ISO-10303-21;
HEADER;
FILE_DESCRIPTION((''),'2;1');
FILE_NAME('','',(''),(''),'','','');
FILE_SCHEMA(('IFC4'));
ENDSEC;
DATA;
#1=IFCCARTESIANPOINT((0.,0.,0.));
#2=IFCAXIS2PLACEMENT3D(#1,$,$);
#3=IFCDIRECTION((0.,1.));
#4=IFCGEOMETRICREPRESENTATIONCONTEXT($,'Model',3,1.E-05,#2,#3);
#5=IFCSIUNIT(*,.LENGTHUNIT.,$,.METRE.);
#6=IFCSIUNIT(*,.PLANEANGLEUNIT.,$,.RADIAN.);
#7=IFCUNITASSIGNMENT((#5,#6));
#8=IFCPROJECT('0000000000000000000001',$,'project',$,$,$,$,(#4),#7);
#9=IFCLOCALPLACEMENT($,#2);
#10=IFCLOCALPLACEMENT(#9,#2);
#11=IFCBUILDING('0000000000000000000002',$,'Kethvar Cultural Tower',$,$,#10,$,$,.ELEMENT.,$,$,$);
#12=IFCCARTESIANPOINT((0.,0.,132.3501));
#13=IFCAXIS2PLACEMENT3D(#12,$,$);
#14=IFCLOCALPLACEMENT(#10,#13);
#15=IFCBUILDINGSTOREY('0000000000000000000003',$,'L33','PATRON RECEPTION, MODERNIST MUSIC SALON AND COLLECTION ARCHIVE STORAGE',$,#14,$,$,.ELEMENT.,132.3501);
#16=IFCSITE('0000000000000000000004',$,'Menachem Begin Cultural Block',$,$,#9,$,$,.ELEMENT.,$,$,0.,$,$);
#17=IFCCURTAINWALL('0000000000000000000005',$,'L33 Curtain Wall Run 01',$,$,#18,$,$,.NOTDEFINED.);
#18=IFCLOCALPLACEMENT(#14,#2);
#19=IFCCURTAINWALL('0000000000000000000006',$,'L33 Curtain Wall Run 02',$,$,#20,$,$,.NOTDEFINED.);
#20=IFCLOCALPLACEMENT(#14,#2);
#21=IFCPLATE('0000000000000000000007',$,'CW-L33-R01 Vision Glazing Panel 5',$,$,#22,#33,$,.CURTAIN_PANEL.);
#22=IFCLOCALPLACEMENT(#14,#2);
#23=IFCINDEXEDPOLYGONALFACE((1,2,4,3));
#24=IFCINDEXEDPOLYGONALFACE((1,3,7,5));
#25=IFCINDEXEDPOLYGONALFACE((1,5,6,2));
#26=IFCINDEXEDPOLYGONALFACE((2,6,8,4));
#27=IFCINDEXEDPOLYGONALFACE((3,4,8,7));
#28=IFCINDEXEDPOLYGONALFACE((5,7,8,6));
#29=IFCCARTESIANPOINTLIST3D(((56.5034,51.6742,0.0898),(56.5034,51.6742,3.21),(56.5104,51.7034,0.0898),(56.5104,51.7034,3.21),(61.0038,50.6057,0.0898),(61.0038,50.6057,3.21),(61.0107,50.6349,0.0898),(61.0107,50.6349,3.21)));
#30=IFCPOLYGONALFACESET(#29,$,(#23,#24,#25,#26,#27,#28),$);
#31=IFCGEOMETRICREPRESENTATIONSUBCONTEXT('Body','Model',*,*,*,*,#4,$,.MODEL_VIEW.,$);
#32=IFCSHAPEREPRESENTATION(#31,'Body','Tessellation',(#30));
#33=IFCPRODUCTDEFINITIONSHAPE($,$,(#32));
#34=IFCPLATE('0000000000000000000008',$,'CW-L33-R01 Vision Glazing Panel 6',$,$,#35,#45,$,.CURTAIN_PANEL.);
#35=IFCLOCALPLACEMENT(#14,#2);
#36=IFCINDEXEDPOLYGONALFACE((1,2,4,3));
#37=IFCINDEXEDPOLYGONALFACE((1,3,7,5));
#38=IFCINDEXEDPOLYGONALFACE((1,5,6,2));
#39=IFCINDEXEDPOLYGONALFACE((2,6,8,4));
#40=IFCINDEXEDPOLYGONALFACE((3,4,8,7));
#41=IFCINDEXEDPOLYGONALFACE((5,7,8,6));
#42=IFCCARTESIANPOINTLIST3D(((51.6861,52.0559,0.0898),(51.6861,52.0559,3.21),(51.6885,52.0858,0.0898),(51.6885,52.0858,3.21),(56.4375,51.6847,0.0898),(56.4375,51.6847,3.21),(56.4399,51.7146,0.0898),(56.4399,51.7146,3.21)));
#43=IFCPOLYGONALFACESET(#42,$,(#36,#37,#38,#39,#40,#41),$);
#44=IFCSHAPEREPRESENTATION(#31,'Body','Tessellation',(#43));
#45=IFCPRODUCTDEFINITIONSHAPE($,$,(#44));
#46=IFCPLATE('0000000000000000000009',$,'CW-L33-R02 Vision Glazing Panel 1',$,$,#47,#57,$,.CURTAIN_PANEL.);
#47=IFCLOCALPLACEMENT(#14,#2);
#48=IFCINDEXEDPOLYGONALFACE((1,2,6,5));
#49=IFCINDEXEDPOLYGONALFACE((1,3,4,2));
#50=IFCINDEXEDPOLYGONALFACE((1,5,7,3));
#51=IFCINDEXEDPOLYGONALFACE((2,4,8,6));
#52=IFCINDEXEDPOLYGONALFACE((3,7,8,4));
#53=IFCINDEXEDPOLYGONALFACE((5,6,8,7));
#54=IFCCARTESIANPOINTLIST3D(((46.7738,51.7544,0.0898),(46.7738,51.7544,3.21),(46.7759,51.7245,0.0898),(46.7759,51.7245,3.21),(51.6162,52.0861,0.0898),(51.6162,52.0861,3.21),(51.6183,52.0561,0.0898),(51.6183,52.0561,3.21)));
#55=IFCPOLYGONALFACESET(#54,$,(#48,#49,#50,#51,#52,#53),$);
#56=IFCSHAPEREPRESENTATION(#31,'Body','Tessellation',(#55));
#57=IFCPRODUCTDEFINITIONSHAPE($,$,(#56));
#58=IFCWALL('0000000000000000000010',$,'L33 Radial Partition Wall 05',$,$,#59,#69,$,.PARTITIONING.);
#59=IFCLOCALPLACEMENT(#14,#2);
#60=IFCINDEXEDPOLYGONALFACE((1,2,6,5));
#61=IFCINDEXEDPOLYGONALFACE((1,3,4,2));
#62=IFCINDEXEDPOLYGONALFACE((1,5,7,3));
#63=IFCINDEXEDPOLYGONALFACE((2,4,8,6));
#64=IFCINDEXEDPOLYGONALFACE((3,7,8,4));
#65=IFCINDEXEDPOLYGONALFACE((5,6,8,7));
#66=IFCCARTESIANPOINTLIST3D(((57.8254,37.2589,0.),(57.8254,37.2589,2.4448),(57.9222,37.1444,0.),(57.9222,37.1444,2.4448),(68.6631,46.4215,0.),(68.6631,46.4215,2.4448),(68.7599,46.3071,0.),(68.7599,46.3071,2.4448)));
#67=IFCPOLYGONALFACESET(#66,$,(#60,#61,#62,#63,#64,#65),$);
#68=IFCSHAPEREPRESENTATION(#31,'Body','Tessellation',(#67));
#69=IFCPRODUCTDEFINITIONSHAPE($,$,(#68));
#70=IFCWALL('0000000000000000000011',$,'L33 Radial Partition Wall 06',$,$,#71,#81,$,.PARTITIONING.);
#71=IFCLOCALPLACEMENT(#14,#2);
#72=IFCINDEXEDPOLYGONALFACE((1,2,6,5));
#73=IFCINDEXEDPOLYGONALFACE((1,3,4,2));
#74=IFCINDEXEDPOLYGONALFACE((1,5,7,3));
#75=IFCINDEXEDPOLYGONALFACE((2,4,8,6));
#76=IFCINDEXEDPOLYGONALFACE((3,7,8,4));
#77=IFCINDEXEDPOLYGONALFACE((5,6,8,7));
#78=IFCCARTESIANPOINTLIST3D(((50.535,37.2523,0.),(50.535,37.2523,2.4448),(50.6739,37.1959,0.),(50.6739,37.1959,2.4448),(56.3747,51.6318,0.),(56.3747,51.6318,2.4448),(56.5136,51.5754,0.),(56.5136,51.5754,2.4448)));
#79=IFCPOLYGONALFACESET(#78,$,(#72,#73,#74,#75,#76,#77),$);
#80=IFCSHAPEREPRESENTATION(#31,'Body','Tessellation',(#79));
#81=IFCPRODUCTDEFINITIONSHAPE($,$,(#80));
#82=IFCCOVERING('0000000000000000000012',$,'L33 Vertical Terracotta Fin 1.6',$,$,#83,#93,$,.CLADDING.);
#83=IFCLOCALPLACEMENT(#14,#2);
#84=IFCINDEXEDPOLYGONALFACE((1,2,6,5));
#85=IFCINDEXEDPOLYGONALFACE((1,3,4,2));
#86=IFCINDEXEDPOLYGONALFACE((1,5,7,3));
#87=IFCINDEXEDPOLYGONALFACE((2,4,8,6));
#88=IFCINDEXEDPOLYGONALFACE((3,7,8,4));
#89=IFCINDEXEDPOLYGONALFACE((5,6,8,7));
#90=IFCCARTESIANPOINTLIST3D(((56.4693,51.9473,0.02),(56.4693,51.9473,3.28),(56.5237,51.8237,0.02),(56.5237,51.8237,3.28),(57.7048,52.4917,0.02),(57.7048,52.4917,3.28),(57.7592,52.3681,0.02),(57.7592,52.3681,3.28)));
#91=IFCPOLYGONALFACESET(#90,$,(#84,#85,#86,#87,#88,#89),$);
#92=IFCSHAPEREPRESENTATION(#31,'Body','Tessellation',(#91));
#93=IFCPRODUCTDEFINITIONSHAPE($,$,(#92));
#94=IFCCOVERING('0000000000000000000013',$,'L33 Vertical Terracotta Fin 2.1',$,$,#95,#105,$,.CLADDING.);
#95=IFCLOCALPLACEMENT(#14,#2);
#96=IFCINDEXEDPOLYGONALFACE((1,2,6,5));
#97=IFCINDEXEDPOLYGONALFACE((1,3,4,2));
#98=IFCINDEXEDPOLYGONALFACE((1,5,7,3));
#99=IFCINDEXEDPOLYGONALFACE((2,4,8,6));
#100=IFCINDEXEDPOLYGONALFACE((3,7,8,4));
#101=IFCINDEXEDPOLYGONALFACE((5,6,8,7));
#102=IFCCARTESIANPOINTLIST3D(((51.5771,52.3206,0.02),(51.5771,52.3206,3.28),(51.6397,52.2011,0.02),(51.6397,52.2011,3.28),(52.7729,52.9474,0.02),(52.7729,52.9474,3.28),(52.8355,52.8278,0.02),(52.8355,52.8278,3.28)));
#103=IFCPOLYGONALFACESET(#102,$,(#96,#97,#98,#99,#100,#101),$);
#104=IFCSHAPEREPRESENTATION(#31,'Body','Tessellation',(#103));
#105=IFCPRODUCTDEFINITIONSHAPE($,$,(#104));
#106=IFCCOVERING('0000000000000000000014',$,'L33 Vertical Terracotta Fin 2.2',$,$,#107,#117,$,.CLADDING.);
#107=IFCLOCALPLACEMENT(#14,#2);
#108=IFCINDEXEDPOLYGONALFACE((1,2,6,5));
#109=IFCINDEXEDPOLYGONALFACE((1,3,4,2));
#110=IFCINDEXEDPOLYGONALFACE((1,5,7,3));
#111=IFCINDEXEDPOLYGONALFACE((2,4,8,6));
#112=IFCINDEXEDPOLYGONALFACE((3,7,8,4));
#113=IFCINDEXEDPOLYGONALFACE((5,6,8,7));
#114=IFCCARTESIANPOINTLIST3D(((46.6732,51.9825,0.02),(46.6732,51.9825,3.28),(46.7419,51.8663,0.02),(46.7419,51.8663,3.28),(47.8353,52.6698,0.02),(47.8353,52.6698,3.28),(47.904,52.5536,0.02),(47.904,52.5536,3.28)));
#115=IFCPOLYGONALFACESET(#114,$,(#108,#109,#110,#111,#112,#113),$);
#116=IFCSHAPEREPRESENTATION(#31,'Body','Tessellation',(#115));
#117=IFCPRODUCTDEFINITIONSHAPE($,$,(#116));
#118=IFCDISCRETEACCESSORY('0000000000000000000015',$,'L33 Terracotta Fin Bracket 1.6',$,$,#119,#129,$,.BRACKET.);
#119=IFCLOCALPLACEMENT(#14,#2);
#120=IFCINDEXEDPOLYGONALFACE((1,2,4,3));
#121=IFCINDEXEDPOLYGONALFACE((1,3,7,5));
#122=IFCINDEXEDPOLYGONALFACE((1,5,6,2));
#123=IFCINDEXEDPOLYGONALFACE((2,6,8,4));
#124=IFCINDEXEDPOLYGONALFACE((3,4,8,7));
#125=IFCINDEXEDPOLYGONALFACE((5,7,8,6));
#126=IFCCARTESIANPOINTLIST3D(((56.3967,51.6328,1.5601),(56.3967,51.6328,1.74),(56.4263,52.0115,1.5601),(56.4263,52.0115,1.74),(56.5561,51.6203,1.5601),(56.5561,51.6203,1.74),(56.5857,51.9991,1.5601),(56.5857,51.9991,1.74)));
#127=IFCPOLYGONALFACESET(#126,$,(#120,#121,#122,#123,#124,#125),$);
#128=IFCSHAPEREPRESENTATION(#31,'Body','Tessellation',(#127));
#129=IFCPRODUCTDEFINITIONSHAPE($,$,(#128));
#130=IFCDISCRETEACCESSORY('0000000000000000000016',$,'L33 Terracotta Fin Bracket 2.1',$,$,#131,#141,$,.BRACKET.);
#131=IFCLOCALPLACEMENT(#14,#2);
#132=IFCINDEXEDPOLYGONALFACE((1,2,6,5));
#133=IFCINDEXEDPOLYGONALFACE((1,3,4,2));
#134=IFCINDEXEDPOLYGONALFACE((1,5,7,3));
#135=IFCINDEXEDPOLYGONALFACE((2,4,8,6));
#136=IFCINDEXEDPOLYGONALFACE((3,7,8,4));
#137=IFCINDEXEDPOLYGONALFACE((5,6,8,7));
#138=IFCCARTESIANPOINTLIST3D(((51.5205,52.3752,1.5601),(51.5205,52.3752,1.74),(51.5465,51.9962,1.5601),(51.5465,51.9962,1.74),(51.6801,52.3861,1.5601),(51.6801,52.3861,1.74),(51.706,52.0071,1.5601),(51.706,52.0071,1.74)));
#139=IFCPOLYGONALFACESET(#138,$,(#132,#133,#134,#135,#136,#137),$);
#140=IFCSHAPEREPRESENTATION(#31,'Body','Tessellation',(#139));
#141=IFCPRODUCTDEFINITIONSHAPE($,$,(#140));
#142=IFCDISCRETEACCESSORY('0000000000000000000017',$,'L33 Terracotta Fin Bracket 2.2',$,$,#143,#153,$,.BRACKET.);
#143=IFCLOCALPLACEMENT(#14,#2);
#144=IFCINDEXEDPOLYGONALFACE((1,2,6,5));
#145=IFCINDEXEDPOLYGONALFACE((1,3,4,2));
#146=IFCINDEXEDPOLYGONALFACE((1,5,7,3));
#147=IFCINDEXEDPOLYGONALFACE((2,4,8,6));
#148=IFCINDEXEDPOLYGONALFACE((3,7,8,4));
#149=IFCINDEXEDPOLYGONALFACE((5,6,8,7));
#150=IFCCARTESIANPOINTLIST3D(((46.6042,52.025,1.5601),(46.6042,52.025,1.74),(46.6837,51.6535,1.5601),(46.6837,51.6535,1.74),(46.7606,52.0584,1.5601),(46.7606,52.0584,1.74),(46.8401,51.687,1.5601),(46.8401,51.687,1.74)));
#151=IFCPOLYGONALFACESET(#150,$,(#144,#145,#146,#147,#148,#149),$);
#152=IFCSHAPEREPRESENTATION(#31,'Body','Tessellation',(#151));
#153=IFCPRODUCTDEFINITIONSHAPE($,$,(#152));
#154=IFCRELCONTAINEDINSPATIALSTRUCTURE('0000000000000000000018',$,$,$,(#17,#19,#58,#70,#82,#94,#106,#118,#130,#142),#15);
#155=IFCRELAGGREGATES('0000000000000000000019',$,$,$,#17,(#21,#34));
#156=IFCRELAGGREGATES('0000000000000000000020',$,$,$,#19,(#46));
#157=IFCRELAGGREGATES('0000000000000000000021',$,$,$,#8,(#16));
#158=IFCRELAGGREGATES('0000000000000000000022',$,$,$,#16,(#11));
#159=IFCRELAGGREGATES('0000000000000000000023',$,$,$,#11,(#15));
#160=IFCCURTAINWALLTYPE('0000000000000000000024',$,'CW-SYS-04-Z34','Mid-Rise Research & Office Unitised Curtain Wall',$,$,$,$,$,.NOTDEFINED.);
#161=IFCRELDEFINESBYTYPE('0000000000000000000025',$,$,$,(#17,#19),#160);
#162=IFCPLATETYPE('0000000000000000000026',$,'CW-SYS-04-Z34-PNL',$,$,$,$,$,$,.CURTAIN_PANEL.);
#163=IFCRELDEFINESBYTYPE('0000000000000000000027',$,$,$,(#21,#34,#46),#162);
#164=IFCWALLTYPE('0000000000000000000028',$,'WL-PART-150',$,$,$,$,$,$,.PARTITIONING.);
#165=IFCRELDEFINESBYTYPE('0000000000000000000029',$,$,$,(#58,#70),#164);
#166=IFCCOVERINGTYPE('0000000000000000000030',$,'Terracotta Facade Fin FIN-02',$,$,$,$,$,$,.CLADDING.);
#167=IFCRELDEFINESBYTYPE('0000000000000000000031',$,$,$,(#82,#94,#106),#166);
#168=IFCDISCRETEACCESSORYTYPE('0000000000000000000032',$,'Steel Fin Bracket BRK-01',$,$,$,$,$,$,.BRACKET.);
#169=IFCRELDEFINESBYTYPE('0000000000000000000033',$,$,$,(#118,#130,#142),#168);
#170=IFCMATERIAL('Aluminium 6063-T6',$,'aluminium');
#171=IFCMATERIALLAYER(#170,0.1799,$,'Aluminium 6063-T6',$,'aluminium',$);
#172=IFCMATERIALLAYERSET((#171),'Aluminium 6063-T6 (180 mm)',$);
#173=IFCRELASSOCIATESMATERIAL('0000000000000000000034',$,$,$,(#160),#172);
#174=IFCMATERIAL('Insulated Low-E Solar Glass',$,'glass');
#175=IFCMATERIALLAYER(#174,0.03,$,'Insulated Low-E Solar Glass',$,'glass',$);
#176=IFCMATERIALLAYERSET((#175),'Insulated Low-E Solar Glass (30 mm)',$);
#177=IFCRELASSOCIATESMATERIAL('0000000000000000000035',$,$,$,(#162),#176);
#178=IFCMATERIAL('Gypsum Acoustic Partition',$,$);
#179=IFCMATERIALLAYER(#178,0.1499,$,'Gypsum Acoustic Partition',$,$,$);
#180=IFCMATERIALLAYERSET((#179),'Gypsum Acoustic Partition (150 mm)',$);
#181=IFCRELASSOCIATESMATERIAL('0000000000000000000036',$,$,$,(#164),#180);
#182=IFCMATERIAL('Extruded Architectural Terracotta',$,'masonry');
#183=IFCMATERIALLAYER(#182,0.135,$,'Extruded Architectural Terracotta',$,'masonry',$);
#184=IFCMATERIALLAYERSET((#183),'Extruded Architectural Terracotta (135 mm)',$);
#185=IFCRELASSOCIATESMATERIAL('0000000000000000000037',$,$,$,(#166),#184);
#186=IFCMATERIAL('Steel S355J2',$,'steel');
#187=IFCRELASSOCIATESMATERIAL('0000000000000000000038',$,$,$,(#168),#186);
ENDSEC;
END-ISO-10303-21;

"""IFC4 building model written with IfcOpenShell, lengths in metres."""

from ifc_helpers import new_model, si_unit, direction, frame, frame_2d, origin, origin_2d, place, context, subcontext, project, spatial, rectangle, extrude, source, transform, mapped, material, layer, layer_set, type_object, element, aggregate, save


model = new_model("IFC4")

# Units and contexts
model_context = context("Model", 3, precision=1e-05, world=origin(), true_north=direction((0.0, 1.0)))
body_context = subcontext(model_context, "Body", "Model", "MODEL_VIEW")
ifc_project = project(units=[si_unit("LENGTHUNIT", "METRE"), si_unit("PLANEANGLEUNIT", "RADIAN")], contexts=[model_context])

# Site, building, storey
site_placement = place(None, origin())
site = spatial("IfcSite", under=ifc_project, at=site_placement, Name="Menachem Begin Cultural Block", CompositionType="ELEMENT", RefElevation=0.0)
building_placement = place(site_placement, origin())
building = spatial("IfcBuilding", under=site, at=building_placement, Name="Kethvar Cultural Tower", CompositionType="ELEMENT")
storey_placement = place(building_placement, frame((0.0, 0.0, 132.3501)))
storey = spatial("IfcBuildingStorey", under=building, at=storey_placement, Name="L33", Description="PATRON RECEPTION, MODERNIST MUSIC SALON AND COLLECTION ARCHIVE STORAGE", CompositionType="ELEMENT", Elevation=132.3501)

# Shared definitions
ifc_material_1 = material(Name="Steel S355J2", Category="steel")

# Curtain walls
ifc_material_2 = material(Name="Aluminium 6063-T6", Category="aluminium")
ifc_layer_1 = layer(ifc_material_2, 0.1799, Name="Aluminium 6063-T6", Category="aluminium")
ifc_layer_set_1 = layer_set([ifc_layer_1], Name="Aluminium 6063-T6 (180 mm)")
curtain_wall_type = type_object("IfcCurtainWallType", Name="CW-SYS-04-Z34", Description="Mid-Rise Research & Office Unitised Curtain Wall", PredefinedType="NOTDEFINED", material=ifc_layer_set_1)
curtain_wall_1_placement = place(storey_placement, origin())
curtain_wall_1 = element("IfcCurtainWall", 1, at=curtain_wall_1_placement, inside=storey, type_object=curtain_wall_type, Name="L33 Curtain Wall Run 01", PredefinedType="NOTDEFINED")
curtain_wall_2_placement = place(storey_placement, origin())
curtain_wall_2 = element("IfcCurtainWall", 2, at=curtain_wall_2_placement, inside=storey, type_object=curtain_wall_type, Name="L33 Curtain Wall Run 02", PredefinedType="NOTDEFINED")

# Plates
ifc_material_3 = material(Name="Insulated Low-E Solar Glass", Category="glass")
ifc_layer_2 = layer(ifc_material_3, 0.03, Name="Insulated Low-E Solar Glass", Category="glass")
ifc_layer_set_2 = layer_set([ifc_layer_2], Name="Insulated Low-E Solar Glass (30 mm)")
plate_type = type_object("IfcPlateType", Name="CW-SYS-04-Z34-PNL", PredefinedType="CURTAIN_PANEL", material=ifc_layer_set_2)
shared_shape_1 = source(origin(), body_context, "Body", "SweptSolid", [
    extrude(rectangle(XDim=4.6255, YDim=0.03, at=origin_2d()), origin(), (0.0, 0.0, 1.0), 3.1201),
])
plate_1_placement = place(storey_placement, frame((58.7571, 51.1545, 0.0898), z_axis=(0.0, 0.0, 1.0), x_axis=(-0.972954, 0.231001, 0.0)))
plate_1 = element("IfcPlate", 3, at=plate_1_placement, type_object=plate_type, Name="CW-L33-R01 Vision Glazing Panel 5", PredefinedType="CURTAIN_PANEL", context=body_context, shape_type="MappedRepresentation", body=[
    mapped(shared_shape_1, transform((0.0, 0.0, 0.0), scale=1.0)),
])
shared_shape_2 = source(origin(), body_context, "Body", "SweptSolid", [
    extrude(rectangle(XDim=4.7659, YDim=0.03, at=origin_2d()), origin(), (0.0, 0.0, 1.0), 3.1201),
])
plate_2_placement = place(storey_placement, frame((54.063, 51.8853, 0.0898), z_axis=(0.0, 0.0, 1.0), x_axis=(-0.996962, 0.077885, 0.0)))
plate_2 = element("IfcPlate", 4, at=plate_2_placement, type_object=plate_type, Name="CW-L33-R01 Vision Glazing Panel 6", PredefinedType="CURTAIN_PANEL", context=body_context, shape_type="MappedRepresentation", body=[
    mapped(shared_shape_2, transform((0.0, 0.0, 0.0), scale=1.0)),
])
aggregate(curtain_wall_1, [plate_1, plate_2])
shared_shape_3 = source(origin(), body_context, "Body", "SweptSolid", [
    extrude(rectangle(XDim=4.8538, YDim=0.03, at=origin_2d()), origin(), (0.0, 0.0, 1.0), 3.1201),
])
plate_3_placement = place(storey_placement, frame((49.196, 51.9053, 0.0898), z_axis=(0.0, 0.0, 1.0), x_axis=(-0.997663, -0.068329, 0.0)))
plate_3 = element("IfcPlate", 5, at=plate_3_placement, type_object=plate_type, Name="CW-L33-R02 Vision Glazing Panel 1", PredefinedType="CURTAIN_PANEL", context=body_context, shape_type="MappedRepresentation", body=[
    mapped(shared_shape_3, transform((0.0, 0.0, 0.0), scale=1.0)),
])
aggregate(curtain_wall_2, [plate_3])

# Walls
ifc_material_4 = material(Name="Gypsum Acoustic Partition")
ifc_layer_3 = layer(ifc_material_4, 0.1499, Name="Gypsum Acoustic Partition")
ifc_layer_set_3 = layer_set([ifc_layer_3], Name="Gypsum Acoustic Partition (150 mm)")
wall_type_1 = type_object("IfcWallType", Name="WL-PART-150", PredefinedType="PARTITIONING", material=ifc_layer_set_3)
wall_1_placement = place(storey_placement, frame((57.8738, 37.2017, 0.0), z_axis=(0.0, 0.0, 1.0), x_axis=(0.763654, 0.645625, 0.0)))
element("IfcWall", 6, at=wall_1_placement, inside=storey, type_object=wall_type_1, Name="L33 Radial Partition Wall 05", PredefinedType="PARTITIONING", context=body_context, shape_type="SweptSolid", body=[
    extrude(rectangle(XDim=14.1919, YDim=0.1499, at=frame_2d((7.0959, 0.0))), origin(), (0.0, 0.0, 1.0), 2.4448),
])
wall_2_placement = place(storey_placement, frame((50.6045, 37.2241, 0.0), z_axis=(0.0, 0.0, 1.0), x_axis=(0.376265, 0.926512, 0.0)))
element("IfcWall", 7, at=wall_2_placement, inside=storey, type_object=wall_type_1, Name="L33 Radial Partition Wall 06", PredefinedType="PARTITIONING", context=body_context, shape_type="SweptSolid", body=[
    extrude(rectangle(XDim=15.52, YDim=0.1499, at=frame_2d((7.76, 0.0))), origin(), (0.0, 0.0, 1.0), 2.4448),
])

# Coverings
ifc_material_5 = material(Name="Extruded Architectural Terracotta", Category="masonry")
ifc_layer_4 = layer(ifc_material_5, 0.135, Name="Extruded Architectural Terracotta", Category="masonry")
ifc_layer_set_4 = layer_set([ifc_layer_4], Name="Extruded Architectural Terracotta (135 mm)")
covering_type = type_object("IfcCoveringType", Name="Terracotta Facade Fin FIN-02", PredefinedType="CLADDING", material=ifc_layer_set_4)
shared_shape_4 = source(origin(), body_context, "Body", "SweptSolid", [
    extrude(rectangle(XDim=1.3501, YDim=0.135, at=origin_2d()), origin(), (0.0, 0.0, 1.0), 3.26),
])
for number, where, z_axis, x_axis, name in (
    (8, (57.1143, 52.1577, 0.02), (0.0, 0.0, 1.0), (0.9151, 0.403226, 0.0), "L33 Vertical Terracotta Fin 1.6"),
    (9, (52.2063, 52.5742, 0.02), (0.0, 0.0, 1.0), (0.885718, 0.464224, 0.0), "L33 Vertical Terracotta Fin 2.1"),
    (10, (47.2886, 52.2681, 0.02), (0.0, 0.0, 1.0), (0.860742, 0.509041, 0.0), "L33 Vertical Terracotta Fin 2.2"),
):
    element("IfcCovering", number, at=place(storey_placement, frame(where, z_axis=z_axis, x_axis=x_axis)), inside=storey, type_object=covering_type, Name=name, PredefinedType="CLADDING", context=body_context, shape_type="MappedRepresentation", body=[
        mapped(shared_shape_4, transform((0.0, 0.0, 0.0), scale=1.0)),
    ])

# Discrete accessories
discrete_accessory_type = type_object("IfcDiscreteAccessoryType", Name="Steel Fin Bracket BRK-01", PredefinedType="BRACKET", material=ifc_material_1)
shared_shape_5 = source(origin(), body_context, "Body", "SweptSolid", [
    extrude(rectangle(XDim=0.3799, YDim=0.1599, at=origin_2d()), origin(), (0.0, 0.0, 1.0), 0.1799),
])
for number, where, z_axis, x_axis, name in (
    (11, (56.4912, 51.8159, 1.5601), (0.0, 0.0, 1.0), (0.077937, 0.996958, 0.0), "L33 Terracotta Fin Bracket 1.6"),
    (12, (51.6133, 52.1912, 1.5601), (0.0, 0.0, 1.0), (-0.068364, 0.99766, 0.0), "L33 Terracotta Fin Bracket 2.1"),
    (13, (46.7222, 51.856, 1.5601), (0.0, 0.0, 1.0), (-0.209277, 0.977856, 0.0), "L33 Terracotta Fin Bracket 2.2"),
):
    element("IfcDiscreteAccessory", number, at=place(storey_placement, frame(where, z_axis=z_axis, x_axis=x_axis)), inside=storey, type_object=discrete_accessory_type, Name=name, PredefinedType="BRACKET", context=body_context, shape_type="MappedRepresentation", body=[
        mapped(shared_shape_5, transform((0.0, 0.0, 0.0), scale=1.0)),
    ])

save(model, "model.ifc")
